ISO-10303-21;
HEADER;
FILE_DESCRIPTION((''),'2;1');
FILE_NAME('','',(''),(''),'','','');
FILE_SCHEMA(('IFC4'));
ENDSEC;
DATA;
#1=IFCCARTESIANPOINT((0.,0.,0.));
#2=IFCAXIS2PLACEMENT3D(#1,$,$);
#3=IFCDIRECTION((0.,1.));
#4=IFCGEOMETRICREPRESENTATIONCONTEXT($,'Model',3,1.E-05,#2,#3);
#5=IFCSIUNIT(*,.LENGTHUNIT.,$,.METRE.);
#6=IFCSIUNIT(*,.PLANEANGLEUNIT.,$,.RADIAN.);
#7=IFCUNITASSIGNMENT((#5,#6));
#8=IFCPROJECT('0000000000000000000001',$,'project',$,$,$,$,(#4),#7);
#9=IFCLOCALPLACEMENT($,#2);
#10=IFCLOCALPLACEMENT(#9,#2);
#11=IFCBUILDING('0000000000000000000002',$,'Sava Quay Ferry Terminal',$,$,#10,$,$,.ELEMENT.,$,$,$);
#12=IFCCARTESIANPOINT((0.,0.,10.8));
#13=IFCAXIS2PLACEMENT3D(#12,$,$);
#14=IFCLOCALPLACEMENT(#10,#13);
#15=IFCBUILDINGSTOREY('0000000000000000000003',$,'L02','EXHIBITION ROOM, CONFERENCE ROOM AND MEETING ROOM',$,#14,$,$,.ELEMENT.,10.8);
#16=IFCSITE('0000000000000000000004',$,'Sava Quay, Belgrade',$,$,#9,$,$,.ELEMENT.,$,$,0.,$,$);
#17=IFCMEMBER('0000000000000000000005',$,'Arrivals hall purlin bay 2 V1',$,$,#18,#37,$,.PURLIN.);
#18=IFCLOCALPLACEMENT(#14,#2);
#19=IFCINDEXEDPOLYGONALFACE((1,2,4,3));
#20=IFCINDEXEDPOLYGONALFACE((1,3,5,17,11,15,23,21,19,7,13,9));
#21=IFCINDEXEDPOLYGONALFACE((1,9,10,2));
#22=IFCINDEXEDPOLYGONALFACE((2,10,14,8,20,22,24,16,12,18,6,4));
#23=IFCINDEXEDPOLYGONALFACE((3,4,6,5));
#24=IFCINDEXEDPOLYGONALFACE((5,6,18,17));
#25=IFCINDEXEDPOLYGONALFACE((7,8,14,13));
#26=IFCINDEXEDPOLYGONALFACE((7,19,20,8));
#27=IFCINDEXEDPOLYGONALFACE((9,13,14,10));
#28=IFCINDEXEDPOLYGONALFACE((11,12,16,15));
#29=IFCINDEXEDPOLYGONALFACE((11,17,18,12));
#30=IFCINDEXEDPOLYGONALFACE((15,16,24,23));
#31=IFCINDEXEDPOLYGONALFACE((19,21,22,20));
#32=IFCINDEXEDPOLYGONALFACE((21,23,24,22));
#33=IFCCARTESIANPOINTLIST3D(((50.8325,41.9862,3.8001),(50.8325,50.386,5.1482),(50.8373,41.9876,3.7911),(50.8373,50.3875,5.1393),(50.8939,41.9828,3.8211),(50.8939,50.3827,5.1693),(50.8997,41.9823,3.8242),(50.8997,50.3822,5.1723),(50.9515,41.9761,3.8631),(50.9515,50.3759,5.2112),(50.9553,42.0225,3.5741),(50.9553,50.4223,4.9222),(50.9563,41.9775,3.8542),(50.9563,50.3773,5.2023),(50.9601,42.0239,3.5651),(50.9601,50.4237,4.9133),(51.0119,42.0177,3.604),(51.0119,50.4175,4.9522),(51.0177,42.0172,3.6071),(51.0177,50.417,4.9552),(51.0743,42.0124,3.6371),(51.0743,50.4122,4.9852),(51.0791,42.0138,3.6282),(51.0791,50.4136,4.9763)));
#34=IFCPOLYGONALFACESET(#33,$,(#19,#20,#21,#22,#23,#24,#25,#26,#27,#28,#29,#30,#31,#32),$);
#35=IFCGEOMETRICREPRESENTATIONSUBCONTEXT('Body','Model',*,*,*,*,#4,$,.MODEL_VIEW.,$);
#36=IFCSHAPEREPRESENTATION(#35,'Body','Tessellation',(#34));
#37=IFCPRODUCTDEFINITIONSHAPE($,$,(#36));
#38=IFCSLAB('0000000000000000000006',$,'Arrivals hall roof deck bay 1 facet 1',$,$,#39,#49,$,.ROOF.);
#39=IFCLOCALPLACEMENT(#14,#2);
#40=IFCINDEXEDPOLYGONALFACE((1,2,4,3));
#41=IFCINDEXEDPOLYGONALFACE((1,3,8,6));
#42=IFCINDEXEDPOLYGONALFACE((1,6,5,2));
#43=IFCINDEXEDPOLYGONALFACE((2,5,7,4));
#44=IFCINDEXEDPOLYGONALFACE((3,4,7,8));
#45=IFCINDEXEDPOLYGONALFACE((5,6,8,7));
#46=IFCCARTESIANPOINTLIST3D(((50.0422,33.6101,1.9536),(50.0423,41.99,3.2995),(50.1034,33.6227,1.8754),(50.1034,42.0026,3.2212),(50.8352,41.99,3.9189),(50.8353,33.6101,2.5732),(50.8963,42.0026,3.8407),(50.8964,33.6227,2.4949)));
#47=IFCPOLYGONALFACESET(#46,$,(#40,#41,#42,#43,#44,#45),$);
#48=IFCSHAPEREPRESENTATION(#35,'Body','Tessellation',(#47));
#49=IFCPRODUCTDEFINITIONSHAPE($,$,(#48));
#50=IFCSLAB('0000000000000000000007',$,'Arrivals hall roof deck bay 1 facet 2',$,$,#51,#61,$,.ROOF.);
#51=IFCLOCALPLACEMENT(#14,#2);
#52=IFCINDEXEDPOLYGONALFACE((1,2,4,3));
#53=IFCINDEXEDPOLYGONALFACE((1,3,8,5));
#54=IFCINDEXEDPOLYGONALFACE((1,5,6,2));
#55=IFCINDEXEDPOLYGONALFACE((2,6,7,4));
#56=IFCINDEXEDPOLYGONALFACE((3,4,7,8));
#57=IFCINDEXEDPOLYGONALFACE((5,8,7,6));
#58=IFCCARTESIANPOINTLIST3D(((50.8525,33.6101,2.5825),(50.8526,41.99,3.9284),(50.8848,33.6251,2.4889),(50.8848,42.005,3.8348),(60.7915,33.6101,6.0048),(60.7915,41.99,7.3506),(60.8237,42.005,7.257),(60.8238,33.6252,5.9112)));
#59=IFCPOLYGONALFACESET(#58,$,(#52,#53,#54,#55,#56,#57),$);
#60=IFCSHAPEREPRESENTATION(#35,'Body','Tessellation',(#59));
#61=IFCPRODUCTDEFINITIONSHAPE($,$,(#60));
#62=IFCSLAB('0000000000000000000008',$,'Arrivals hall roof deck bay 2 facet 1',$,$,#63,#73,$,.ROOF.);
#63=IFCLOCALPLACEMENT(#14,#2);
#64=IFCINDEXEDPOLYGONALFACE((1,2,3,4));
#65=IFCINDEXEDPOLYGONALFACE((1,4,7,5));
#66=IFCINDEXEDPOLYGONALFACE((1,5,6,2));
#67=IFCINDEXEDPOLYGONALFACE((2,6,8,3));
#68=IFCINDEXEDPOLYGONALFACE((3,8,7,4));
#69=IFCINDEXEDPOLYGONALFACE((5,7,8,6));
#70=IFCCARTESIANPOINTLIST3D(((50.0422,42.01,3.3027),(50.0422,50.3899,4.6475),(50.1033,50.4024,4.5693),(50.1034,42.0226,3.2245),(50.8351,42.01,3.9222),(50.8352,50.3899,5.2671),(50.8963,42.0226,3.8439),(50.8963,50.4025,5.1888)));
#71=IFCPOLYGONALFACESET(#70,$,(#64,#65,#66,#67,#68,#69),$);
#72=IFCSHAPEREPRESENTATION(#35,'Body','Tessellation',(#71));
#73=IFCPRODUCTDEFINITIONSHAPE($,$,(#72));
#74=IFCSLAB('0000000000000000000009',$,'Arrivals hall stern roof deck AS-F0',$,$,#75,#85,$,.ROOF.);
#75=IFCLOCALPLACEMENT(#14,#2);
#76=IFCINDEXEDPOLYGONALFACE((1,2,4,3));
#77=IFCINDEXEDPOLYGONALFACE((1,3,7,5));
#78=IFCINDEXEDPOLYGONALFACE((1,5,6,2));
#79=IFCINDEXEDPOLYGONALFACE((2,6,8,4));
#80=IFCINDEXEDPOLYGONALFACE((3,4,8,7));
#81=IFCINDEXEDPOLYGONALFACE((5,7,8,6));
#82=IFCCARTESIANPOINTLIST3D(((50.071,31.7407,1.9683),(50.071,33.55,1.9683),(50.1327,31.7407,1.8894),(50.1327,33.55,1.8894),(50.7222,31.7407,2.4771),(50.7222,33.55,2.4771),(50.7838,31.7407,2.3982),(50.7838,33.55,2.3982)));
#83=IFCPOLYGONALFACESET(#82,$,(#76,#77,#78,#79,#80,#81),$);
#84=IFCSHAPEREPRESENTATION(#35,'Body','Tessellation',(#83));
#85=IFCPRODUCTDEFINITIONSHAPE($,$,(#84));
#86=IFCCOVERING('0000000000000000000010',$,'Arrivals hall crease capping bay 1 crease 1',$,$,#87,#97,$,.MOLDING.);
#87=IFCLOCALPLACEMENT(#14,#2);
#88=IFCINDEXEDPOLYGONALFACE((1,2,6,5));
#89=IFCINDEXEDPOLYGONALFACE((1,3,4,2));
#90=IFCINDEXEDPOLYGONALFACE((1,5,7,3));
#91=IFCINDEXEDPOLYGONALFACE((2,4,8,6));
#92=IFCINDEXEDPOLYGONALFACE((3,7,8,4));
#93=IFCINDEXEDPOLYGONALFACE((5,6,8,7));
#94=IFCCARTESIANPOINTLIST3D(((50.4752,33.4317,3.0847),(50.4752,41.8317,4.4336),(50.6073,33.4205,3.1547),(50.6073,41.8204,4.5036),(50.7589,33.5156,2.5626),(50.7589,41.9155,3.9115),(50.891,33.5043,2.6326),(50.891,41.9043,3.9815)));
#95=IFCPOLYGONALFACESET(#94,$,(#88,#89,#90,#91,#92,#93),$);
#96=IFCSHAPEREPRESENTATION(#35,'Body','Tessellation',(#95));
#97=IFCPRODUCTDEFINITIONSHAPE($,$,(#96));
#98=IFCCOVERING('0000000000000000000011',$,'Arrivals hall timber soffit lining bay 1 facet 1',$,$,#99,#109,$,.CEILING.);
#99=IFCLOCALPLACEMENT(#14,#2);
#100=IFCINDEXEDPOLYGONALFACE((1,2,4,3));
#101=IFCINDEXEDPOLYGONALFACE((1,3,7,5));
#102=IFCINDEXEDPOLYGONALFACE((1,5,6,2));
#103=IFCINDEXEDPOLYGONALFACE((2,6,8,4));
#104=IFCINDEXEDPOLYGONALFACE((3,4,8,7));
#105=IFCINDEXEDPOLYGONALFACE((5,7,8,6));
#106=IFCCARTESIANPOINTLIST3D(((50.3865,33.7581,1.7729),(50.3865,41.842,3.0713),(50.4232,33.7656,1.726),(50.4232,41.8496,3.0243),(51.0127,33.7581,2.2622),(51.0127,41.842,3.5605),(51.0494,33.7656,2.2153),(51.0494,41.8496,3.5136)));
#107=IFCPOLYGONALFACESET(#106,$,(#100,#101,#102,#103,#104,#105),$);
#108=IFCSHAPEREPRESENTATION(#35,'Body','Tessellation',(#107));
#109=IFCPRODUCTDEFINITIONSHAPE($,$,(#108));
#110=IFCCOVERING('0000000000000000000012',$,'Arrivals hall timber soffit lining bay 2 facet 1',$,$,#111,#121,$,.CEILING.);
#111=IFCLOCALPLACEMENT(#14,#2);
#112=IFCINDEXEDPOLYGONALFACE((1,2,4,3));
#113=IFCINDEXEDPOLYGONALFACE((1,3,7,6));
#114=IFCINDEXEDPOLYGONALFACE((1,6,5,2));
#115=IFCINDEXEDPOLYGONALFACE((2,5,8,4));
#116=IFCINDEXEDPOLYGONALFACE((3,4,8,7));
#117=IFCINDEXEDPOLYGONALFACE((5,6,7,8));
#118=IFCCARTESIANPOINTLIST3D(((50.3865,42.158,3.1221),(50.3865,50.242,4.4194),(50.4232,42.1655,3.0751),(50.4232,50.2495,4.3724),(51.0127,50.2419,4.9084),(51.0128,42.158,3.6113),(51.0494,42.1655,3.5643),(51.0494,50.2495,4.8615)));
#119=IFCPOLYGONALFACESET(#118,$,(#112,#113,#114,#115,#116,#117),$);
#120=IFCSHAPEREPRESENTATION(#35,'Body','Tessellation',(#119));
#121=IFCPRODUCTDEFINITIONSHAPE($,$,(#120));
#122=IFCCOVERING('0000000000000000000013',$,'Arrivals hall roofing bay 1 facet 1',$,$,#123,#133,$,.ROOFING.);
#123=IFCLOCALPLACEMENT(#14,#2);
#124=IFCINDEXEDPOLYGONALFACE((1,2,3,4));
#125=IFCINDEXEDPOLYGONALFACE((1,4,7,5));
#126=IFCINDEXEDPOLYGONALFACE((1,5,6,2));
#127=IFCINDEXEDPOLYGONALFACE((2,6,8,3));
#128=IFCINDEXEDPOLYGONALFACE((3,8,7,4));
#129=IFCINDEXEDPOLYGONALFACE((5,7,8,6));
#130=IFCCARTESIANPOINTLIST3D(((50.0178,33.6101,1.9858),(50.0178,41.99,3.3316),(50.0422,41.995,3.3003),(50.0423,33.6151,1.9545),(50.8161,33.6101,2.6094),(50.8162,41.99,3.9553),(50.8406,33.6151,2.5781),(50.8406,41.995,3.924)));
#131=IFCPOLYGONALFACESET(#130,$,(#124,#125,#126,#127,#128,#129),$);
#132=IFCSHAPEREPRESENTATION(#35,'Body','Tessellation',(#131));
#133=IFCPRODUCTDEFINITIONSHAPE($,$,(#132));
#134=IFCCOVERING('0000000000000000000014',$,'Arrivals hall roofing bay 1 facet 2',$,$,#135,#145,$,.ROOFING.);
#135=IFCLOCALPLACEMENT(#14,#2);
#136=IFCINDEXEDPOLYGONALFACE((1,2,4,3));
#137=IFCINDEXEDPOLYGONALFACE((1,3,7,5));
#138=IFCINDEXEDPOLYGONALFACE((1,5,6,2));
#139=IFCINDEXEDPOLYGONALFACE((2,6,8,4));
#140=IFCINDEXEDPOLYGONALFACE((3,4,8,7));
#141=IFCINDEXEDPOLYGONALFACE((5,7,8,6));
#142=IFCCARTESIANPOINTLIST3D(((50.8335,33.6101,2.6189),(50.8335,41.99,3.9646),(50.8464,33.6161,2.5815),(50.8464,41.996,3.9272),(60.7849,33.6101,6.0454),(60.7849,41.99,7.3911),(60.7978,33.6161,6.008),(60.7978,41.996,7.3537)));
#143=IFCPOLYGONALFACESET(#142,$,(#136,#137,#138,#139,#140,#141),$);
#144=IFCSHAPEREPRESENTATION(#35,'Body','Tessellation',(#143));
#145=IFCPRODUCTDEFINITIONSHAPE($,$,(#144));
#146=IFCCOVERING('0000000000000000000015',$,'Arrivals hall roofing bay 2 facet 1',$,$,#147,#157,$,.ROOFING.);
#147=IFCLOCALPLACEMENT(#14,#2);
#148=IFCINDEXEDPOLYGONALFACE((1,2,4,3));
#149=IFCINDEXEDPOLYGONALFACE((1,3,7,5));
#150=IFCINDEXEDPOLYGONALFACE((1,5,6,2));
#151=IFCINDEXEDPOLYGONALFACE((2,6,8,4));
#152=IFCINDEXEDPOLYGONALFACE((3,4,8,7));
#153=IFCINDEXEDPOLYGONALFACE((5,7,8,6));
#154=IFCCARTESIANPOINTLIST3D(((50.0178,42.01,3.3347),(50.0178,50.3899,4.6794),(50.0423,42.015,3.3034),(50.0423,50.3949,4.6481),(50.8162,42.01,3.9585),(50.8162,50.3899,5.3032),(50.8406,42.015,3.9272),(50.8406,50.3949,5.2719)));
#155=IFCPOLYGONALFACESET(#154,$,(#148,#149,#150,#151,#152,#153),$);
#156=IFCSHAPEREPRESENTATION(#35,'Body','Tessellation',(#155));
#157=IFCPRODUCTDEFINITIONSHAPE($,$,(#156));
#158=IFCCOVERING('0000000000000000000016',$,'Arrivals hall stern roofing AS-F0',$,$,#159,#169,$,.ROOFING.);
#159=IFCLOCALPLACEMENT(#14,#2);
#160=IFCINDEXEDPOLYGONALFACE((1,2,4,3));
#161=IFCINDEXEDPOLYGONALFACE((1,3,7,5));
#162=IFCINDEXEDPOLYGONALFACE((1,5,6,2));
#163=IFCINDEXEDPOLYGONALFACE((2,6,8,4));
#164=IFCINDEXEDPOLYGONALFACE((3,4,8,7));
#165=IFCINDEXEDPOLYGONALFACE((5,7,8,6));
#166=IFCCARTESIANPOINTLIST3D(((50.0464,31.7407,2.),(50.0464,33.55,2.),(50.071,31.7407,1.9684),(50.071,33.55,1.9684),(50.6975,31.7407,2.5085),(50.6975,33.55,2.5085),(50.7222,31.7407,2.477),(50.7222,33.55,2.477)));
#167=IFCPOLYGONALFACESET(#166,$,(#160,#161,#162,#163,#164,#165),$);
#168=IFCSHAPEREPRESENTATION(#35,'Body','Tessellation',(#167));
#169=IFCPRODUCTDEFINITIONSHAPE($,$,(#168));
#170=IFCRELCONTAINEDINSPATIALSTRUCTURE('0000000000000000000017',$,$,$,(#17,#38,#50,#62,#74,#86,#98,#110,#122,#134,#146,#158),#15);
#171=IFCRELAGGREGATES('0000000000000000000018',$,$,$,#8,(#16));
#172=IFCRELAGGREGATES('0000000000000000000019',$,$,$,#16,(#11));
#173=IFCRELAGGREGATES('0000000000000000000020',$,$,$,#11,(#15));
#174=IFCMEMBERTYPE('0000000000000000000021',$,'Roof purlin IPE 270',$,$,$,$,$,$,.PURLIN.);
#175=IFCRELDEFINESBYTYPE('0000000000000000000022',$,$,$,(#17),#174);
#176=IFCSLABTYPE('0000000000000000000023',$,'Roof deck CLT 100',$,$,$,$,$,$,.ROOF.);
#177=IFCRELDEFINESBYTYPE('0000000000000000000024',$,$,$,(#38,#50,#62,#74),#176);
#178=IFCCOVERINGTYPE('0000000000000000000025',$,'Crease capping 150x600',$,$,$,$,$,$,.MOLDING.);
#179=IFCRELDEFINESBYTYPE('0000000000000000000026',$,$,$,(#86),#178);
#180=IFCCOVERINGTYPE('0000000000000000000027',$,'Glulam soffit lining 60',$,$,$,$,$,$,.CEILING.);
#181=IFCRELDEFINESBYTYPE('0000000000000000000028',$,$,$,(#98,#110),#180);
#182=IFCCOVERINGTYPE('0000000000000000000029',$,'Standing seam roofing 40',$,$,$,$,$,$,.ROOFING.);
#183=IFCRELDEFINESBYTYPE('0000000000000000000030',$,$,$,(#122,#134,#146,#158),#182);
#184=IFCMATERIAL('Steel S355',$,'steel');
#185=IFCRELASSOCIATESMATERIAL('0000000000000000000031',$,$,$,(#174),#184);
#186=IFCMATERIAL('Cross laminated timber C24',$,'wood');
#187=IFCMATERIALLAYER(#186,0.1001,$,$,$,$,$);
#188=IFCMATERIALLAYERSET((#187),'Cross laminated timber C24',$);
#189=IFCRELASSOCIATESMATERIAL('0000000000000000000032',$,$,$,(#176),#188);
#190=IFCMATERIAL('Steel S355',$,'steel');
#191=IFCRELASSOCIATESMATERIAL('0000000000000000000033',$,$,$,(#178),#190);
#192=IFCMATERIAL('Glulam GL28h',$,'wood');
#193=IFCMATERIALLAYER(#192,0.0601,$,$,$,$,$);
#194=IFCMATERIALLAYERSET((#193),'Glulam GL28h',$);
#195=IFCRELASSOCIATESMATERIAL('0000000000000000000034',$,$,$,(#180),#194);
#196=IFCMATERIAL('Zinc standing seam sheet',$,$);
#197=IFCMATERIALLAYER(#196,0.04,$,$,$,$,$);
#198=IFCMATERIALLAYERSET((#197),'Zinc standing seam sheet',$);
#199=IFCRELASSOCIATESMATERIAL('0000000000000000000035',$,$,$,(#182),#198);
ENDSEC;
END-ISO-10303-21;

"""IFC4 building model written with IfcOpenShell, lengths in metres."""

from ifc_helpers import new_model, si_unit, direction, frame, origin, origin_2d, place, context, subcontext, project, spatial, polyline, rectangle, i_section, outline, extrude, material, layer, layer_set, material_profile, profile_set, type_object, element, save


model = new_model("IFC4")

# Units and contexts
model_context = context("Model", 3, precision=1e-05, world=origin(), true_north=direction((0.0, 1.0)))
body_context = subcontext(model_context, "Body", "Model", "MODEL_VIEW")
ifc_project = project(units=[si_unit("LENGTHUNIT", "METRE"), si_unit("PLANEANGLEUNIT", "RADIAN")], contexts=[model_context])

# Site, building, storey
site_placement = place(None, origin())
site = spatial("IfcSite", under=ifc_project, at=site_placement, Name="Sava Quay, Belgrade", CompositionType="ELEMENT", RefElevation=0.0)
building_placement = place(site_placement, origin())
building = spatial("IfcBuilding", under=site, at=building_placement, Name="Sava Quay Ferry Terminal", CompositionType="ELEMENT")
storey_placement = place(building_placement, frame((0.0, 0.0, 10.8)))
storey = spatial("IfcBuildingStorey", under=building, at=storey_placement, Name="L02", Description="EXHIBITION ROOM, CONFERENCE ROOM AND MEETING ROOM", CompositionType="ELEMENT", Elevation=10.8)

# Member
ifc_material_1 = material(Name="Steel S355", Category="steel")
ifc_material_profile_1 = material_profile(ifc_material_1, i_section(OverallWidth=0.135, OverallDepth=0.27, WebThickness=0.0066, FlangeThickness=0.0103, at=origin_2d()), Name="IPE 270")
ifc_profile_set_1 = profile_set([ifc_material_profile_1], Name="Steel S355")
member_type_1 = type_object("IfcMemberType", Name="Roof purlin IPE 270", PredefinedType="PURLIN", material=ifc_profile_set_1)
for number, where, z_axis, x_axis, name in (
    (1, (50.9558, 42.0, 3.7141), (0.0, 0.987364, 0.158467), (-0.881204, 0.074913, -0.466762), "Arrivals hall purlin bay 2 V1"),
):
    element("IfcMember", number, at=place(storey_placement, frame(where, z_axis=z_axis, x_axis=x_axis)), inside=storey, type_object=member_type_1, Name=name, PredefinedType="PURLIN", context=body_context, shape_type="SweptSolid", body=[
        extrude(i_section(OverallWidth=0.135, OverallDepth=0.27, WebThickness=0.0066, FlangeThickness=0.0103, at=origin_2d()), origin(), (0.0, 0.0, 1.0), 8.5073),
    ])

# Slabs
ifc_material_2 = material(Name="Cross laminated timber C24", Category="wood")
ifc_layer_1 = layer(ifc_material_2, 0.1001)
ifc_layer_set_1 = layer_set([ifc_layer_1], Name="Cross laminated timber C24")
slab_type = type_object("IfcSlabType", Name="Roof deck CLT 100", PredefinedType="ROOF", material=ifc_layer_set_1)
slab_1_placement = place(storey_placement, frame((50.0422, 33.6101, 1.9536), z_axis=(-0.610772, -0.125557, 0.781788), x_axis=(0.000007, 0.987347, 0.158575)))
element("IfcSlab", 2, at=slab_1_placement, inside=storey, type_object=slab_type, Name="Arrivals hall roof deck bay 1 facet 1", PredefinedType="ROOF", context=body_context, shape_type="SweptSolid", body=[
    extrude(outline(polyline([(0.0, 0.0), (8.4873, 0.0), (8.5855, -1.0014), (0.0983, -1.0015), (0.0, 0.0)])), origin(), (0.0, 0.0, -1.0), 0.1001),
])
slab_2_placement = place(storey_placement, frame((50.8525, 33.6101, 2.5825), z_axis=(-0.321877, -0.150131, 0.934803), x_axis=(0.000004, 0.987348, 0.158571)))
element("IfcSlab", 3, at=slab_2_placement, inside=storey, type_object=slab_type, Name="Arrivals hall roof deck bay 1 facet 2", PredefinedType="ROOF", context=body_context, shape_type="SweptSolid", body=[
    extrude(outline(polyline([(0.0, 0.0), (8.4873, 0.0), (9.03, -10.4976), (0.5427, -10.4977), (0.0, 0.0)])), origin(), (0.0, 0.0, -1.0), 0.1001),
])
slab_3_placement = place(storey_placement, frame((50.0422, 42.01, 3.3027), z_axis=(-0.610779, -0.125467, 0.781797), x_axis=(-0.000007, 0.987367, 0.158453)))
element("IfcSlab", 4, at=slab_3_placement, inside=storey, type_object=slab_type, Name="Arrivals hall roof deck bay 2 facet 1", PredefinedType="ROOF", context=body_context, shape_type="SweptSolid", body=[
    extrude(outline(polyline([(0.0, 0.0), (8.4871, 0.0), (8.5853, -1.0015), (0.0981, -1.0014), (0.0, 0.0)])), origin(), (0.0, 0.0, -1.0), 0.1001),
])
slab_4_placement = place(storey_placement, frame((50.071, 33.55, 1.9683), z_axis=(-0.615719, 0.0, 0.787966), x_axis=(0.787966, 0.0, 0.615719)))
element("IfcSlab", 5, at=slab_4_placement, inside=storey, type_object=slab_type, Name="Arrivals hall stern roof deck AS-F0", PredefinedType="ROOF", context=body_context, shape_type="SweptSolid", body=[
    extrude(outline(polyline([(0.0, 0.0), (0.8263, 0.0), (0.8263, -1.8093), (0.0, -1.8093), (0.0, 0.0)])), origin(), (0.0, 0.0, -1.0), 0.1001),
])

# Coverings
ifc_material_3 = material(Name="Steel S355", Category="steel")
ifc_material_profile_2 = material_profile(ifc_material_3, rectangle(XDim=0.1499, YDim=0.6001, at=origin_2d()), Name="Cap 150 x 600")
ifc_profile_set_2 = profile_set([ifc_material_profile_2], Name="Steel S355")
covering_type_1 = type_object("IfcCoveringType", Name="Crease capping 150x600", PredefinedType="MOLDING", material=ifc_profile_set_2)
covering_1_placement = place(storey_placement, frame((50.6831, 33.468, 2.8586), z_axis=(0.0, 0.987351, 0.158551), x_axis=(-0.881208, 0.074952, -0.46675)))
element("IfcCovering", 6, at=covering_1_placement, inside=storey, type_object=covering_type_1, Name="Arrivals hall crease capping bay 1 crease 1", PredefinedType="MOLDING", context=body_context, shape_type="SweptSolid", body=[
    extrude(rectangle(XDim=0.1499, YDim=0.6001, at=origin_2d()), origin(), (0.0, 0.0, 1.0), 8.5076),
])
ifc_material_4 = material(Name="Glulam GL28h", Category="wood")
ifc_layer_2 = layer(ifc_material_4, 0.0601)
ifc_layer_set_2 = layer_set([ifc_layer_2], Name="Glulam GL28h")
covering_type_2 = type_object("IfcCoveringType", Name="Glulam soffit lining 60", PredefinedType="CEILING", material=ifc_layer_set_2)
covering_2_placement = place(storey_placement, frame((50.3865, 33.7581, 1.7729), z_axis=(-0.61079, -0.125558, 0.781774), x_axis=(0.0, 0.987347, 0.158574)))
element("IfcCovering", 7, at=covering_2_placement, inside=storey, type_object=covering_type_2, Name="Arrivals hall timber soffit lining bay 1 facet 1", PredefinedType="CEILING", context=body_context, shape_type="SweptSolid", body=[
    extrude(outline(polyline([(0.0, 0.0), (8.1876, 0.0), (8.2652, -0.7909), (0.0776, -0.7909), (0.0, 0.0)])), origin(), (0.0, 0.0, -1.0), 0.0601),
])
covering_3_placement = place(storey_placement, frame((50.3865, 42.158, 3.1221), z_axis=(-0.610702, -0.125465, 0.781858), x_axis=(0.000007, 0.987367, 0.158449)))
element("IfcCovering", 8, at=covering_3_placement, inside=storey, type_object=covering_type_2, Name="Arrivals hall timber soffit lining bay 2 facet 1", PredefinedType="CEILING", context=body_context, shape_type="SweptSolid", body=[
    extrude(outline(polyline([(0.0, 0.0), (8.1874, 0.0), (8.2649, -0.7907), (0.0775, -0.7909), (0.0, 0.0)])), origin(), (0.0, 0.0, -1.0), 0.0601),
])
ifc_material_5 = material(Name="Zinc standing seam sheet")
ifc_layer_3 = layer(ifc_material_5, 0.04)
ifc_layer_set_3 = layer_set([ifc_layer_3], Name="Zinc standing seam sheet")
covering_type_3 = type_object("IfcCoveringType", Name="Standing seam roofing 40", PredefinedType="ROOFING", material=ifc_layer_set_3)
covering_4_placement = place(storey_placement, frame((50.0178, 33.6101, 1.9858), z_axis=(-0.610744, -0.12556, 0.78181), x_axis=(-0.000007, 0.987349, 0.158565)))
element("IfcCovering", 9, at=covering_4_placement, inside=storey, type_object=covering_type_3, Name="Arrivals hall roofing bay 1 facet 1", PredefinedType="ROOFING", context=body_context, shape_type="SweptSolid", body=[
    extrude(outline(polyline([(0.0, 0.0), (8.4872, 0.0), (8.5862, -1.0083), (0.0989, -1.0082), (0.0, 0.0)])), origin(), (0.0, 0.0, -1.0), 0.04),
])
covering_5_placement = place(storey_placement, frame((50.8335, 33.6101, 2.6189), z_axis=(-0.321876, -0.150118, 0.934805), x_axis=(0.0, 0.98735, 0.158556)))
element("IfcCovering", 10, at=covering_5_placement, inside=storey, type_object=covering_type_3, Name="Arrivals hall roofing bay 1 facet 2", PredefinedType="ROOFING", context=body_context, shape_type="SweptSolid", body=[
    extrude(outline(polyline([(0.0, 0.0), (8.4872, 0.0), (9.0305, -10.5108), (0.5433, -10.5108), (0.0, 0.0)])), origin(), (0.0, 0.0, -1.0), 0.04),
])
covering_6_placement = place(storey_placement, frame((50.0178, 42.01, 3.3347), z_axis=(-0.610827, -0.12545, 0.781763), x_axis=(0.0, 0.987368, 0.158444)))
element("IfcCovering", 11, at=covering_6_placement, inside=storey, type_object=covering_type_3, Name="Arrivals hall roofing bay 2 facet 1", PredefinedType="ROOFING", context=body_context, shape_type="SweptSolid", body=[
    extrude(outline(polyline([(0.0, 0.0), (8.4871, 0.0), (8.5859, -1.0083), (0.0988, -1.0083), (0.0, 0.0)])), origin(), (0.0, 0.0, -1.0), 0.04),
])
covering_7_placement = place(storey_placement, frame((50.0464, 33.55, 2.0), z_axis=(-0.615535, 0.0, 0.788109), x_axis=(0.788109, 0.0, 0.615535)))
element("IfcCovering", 12, at=covering_7_placement, inside=storey, type_object=covering_type_3, Name="Arrivals hall stern roofing AS-F0", PredefinedType="ROOFING", context=body_context, shape_type="SweptSolid", body=[
    extrude(outline(polyline([(0.0, 0.0), (0.8262, 0.0), (0.8262, -1.8093), (0.0, -1.8093), (0.0, 0.0)])), origin(), (0.0, 0.0, -1.0), 0.04),
])

save(model, "model.ifc")
